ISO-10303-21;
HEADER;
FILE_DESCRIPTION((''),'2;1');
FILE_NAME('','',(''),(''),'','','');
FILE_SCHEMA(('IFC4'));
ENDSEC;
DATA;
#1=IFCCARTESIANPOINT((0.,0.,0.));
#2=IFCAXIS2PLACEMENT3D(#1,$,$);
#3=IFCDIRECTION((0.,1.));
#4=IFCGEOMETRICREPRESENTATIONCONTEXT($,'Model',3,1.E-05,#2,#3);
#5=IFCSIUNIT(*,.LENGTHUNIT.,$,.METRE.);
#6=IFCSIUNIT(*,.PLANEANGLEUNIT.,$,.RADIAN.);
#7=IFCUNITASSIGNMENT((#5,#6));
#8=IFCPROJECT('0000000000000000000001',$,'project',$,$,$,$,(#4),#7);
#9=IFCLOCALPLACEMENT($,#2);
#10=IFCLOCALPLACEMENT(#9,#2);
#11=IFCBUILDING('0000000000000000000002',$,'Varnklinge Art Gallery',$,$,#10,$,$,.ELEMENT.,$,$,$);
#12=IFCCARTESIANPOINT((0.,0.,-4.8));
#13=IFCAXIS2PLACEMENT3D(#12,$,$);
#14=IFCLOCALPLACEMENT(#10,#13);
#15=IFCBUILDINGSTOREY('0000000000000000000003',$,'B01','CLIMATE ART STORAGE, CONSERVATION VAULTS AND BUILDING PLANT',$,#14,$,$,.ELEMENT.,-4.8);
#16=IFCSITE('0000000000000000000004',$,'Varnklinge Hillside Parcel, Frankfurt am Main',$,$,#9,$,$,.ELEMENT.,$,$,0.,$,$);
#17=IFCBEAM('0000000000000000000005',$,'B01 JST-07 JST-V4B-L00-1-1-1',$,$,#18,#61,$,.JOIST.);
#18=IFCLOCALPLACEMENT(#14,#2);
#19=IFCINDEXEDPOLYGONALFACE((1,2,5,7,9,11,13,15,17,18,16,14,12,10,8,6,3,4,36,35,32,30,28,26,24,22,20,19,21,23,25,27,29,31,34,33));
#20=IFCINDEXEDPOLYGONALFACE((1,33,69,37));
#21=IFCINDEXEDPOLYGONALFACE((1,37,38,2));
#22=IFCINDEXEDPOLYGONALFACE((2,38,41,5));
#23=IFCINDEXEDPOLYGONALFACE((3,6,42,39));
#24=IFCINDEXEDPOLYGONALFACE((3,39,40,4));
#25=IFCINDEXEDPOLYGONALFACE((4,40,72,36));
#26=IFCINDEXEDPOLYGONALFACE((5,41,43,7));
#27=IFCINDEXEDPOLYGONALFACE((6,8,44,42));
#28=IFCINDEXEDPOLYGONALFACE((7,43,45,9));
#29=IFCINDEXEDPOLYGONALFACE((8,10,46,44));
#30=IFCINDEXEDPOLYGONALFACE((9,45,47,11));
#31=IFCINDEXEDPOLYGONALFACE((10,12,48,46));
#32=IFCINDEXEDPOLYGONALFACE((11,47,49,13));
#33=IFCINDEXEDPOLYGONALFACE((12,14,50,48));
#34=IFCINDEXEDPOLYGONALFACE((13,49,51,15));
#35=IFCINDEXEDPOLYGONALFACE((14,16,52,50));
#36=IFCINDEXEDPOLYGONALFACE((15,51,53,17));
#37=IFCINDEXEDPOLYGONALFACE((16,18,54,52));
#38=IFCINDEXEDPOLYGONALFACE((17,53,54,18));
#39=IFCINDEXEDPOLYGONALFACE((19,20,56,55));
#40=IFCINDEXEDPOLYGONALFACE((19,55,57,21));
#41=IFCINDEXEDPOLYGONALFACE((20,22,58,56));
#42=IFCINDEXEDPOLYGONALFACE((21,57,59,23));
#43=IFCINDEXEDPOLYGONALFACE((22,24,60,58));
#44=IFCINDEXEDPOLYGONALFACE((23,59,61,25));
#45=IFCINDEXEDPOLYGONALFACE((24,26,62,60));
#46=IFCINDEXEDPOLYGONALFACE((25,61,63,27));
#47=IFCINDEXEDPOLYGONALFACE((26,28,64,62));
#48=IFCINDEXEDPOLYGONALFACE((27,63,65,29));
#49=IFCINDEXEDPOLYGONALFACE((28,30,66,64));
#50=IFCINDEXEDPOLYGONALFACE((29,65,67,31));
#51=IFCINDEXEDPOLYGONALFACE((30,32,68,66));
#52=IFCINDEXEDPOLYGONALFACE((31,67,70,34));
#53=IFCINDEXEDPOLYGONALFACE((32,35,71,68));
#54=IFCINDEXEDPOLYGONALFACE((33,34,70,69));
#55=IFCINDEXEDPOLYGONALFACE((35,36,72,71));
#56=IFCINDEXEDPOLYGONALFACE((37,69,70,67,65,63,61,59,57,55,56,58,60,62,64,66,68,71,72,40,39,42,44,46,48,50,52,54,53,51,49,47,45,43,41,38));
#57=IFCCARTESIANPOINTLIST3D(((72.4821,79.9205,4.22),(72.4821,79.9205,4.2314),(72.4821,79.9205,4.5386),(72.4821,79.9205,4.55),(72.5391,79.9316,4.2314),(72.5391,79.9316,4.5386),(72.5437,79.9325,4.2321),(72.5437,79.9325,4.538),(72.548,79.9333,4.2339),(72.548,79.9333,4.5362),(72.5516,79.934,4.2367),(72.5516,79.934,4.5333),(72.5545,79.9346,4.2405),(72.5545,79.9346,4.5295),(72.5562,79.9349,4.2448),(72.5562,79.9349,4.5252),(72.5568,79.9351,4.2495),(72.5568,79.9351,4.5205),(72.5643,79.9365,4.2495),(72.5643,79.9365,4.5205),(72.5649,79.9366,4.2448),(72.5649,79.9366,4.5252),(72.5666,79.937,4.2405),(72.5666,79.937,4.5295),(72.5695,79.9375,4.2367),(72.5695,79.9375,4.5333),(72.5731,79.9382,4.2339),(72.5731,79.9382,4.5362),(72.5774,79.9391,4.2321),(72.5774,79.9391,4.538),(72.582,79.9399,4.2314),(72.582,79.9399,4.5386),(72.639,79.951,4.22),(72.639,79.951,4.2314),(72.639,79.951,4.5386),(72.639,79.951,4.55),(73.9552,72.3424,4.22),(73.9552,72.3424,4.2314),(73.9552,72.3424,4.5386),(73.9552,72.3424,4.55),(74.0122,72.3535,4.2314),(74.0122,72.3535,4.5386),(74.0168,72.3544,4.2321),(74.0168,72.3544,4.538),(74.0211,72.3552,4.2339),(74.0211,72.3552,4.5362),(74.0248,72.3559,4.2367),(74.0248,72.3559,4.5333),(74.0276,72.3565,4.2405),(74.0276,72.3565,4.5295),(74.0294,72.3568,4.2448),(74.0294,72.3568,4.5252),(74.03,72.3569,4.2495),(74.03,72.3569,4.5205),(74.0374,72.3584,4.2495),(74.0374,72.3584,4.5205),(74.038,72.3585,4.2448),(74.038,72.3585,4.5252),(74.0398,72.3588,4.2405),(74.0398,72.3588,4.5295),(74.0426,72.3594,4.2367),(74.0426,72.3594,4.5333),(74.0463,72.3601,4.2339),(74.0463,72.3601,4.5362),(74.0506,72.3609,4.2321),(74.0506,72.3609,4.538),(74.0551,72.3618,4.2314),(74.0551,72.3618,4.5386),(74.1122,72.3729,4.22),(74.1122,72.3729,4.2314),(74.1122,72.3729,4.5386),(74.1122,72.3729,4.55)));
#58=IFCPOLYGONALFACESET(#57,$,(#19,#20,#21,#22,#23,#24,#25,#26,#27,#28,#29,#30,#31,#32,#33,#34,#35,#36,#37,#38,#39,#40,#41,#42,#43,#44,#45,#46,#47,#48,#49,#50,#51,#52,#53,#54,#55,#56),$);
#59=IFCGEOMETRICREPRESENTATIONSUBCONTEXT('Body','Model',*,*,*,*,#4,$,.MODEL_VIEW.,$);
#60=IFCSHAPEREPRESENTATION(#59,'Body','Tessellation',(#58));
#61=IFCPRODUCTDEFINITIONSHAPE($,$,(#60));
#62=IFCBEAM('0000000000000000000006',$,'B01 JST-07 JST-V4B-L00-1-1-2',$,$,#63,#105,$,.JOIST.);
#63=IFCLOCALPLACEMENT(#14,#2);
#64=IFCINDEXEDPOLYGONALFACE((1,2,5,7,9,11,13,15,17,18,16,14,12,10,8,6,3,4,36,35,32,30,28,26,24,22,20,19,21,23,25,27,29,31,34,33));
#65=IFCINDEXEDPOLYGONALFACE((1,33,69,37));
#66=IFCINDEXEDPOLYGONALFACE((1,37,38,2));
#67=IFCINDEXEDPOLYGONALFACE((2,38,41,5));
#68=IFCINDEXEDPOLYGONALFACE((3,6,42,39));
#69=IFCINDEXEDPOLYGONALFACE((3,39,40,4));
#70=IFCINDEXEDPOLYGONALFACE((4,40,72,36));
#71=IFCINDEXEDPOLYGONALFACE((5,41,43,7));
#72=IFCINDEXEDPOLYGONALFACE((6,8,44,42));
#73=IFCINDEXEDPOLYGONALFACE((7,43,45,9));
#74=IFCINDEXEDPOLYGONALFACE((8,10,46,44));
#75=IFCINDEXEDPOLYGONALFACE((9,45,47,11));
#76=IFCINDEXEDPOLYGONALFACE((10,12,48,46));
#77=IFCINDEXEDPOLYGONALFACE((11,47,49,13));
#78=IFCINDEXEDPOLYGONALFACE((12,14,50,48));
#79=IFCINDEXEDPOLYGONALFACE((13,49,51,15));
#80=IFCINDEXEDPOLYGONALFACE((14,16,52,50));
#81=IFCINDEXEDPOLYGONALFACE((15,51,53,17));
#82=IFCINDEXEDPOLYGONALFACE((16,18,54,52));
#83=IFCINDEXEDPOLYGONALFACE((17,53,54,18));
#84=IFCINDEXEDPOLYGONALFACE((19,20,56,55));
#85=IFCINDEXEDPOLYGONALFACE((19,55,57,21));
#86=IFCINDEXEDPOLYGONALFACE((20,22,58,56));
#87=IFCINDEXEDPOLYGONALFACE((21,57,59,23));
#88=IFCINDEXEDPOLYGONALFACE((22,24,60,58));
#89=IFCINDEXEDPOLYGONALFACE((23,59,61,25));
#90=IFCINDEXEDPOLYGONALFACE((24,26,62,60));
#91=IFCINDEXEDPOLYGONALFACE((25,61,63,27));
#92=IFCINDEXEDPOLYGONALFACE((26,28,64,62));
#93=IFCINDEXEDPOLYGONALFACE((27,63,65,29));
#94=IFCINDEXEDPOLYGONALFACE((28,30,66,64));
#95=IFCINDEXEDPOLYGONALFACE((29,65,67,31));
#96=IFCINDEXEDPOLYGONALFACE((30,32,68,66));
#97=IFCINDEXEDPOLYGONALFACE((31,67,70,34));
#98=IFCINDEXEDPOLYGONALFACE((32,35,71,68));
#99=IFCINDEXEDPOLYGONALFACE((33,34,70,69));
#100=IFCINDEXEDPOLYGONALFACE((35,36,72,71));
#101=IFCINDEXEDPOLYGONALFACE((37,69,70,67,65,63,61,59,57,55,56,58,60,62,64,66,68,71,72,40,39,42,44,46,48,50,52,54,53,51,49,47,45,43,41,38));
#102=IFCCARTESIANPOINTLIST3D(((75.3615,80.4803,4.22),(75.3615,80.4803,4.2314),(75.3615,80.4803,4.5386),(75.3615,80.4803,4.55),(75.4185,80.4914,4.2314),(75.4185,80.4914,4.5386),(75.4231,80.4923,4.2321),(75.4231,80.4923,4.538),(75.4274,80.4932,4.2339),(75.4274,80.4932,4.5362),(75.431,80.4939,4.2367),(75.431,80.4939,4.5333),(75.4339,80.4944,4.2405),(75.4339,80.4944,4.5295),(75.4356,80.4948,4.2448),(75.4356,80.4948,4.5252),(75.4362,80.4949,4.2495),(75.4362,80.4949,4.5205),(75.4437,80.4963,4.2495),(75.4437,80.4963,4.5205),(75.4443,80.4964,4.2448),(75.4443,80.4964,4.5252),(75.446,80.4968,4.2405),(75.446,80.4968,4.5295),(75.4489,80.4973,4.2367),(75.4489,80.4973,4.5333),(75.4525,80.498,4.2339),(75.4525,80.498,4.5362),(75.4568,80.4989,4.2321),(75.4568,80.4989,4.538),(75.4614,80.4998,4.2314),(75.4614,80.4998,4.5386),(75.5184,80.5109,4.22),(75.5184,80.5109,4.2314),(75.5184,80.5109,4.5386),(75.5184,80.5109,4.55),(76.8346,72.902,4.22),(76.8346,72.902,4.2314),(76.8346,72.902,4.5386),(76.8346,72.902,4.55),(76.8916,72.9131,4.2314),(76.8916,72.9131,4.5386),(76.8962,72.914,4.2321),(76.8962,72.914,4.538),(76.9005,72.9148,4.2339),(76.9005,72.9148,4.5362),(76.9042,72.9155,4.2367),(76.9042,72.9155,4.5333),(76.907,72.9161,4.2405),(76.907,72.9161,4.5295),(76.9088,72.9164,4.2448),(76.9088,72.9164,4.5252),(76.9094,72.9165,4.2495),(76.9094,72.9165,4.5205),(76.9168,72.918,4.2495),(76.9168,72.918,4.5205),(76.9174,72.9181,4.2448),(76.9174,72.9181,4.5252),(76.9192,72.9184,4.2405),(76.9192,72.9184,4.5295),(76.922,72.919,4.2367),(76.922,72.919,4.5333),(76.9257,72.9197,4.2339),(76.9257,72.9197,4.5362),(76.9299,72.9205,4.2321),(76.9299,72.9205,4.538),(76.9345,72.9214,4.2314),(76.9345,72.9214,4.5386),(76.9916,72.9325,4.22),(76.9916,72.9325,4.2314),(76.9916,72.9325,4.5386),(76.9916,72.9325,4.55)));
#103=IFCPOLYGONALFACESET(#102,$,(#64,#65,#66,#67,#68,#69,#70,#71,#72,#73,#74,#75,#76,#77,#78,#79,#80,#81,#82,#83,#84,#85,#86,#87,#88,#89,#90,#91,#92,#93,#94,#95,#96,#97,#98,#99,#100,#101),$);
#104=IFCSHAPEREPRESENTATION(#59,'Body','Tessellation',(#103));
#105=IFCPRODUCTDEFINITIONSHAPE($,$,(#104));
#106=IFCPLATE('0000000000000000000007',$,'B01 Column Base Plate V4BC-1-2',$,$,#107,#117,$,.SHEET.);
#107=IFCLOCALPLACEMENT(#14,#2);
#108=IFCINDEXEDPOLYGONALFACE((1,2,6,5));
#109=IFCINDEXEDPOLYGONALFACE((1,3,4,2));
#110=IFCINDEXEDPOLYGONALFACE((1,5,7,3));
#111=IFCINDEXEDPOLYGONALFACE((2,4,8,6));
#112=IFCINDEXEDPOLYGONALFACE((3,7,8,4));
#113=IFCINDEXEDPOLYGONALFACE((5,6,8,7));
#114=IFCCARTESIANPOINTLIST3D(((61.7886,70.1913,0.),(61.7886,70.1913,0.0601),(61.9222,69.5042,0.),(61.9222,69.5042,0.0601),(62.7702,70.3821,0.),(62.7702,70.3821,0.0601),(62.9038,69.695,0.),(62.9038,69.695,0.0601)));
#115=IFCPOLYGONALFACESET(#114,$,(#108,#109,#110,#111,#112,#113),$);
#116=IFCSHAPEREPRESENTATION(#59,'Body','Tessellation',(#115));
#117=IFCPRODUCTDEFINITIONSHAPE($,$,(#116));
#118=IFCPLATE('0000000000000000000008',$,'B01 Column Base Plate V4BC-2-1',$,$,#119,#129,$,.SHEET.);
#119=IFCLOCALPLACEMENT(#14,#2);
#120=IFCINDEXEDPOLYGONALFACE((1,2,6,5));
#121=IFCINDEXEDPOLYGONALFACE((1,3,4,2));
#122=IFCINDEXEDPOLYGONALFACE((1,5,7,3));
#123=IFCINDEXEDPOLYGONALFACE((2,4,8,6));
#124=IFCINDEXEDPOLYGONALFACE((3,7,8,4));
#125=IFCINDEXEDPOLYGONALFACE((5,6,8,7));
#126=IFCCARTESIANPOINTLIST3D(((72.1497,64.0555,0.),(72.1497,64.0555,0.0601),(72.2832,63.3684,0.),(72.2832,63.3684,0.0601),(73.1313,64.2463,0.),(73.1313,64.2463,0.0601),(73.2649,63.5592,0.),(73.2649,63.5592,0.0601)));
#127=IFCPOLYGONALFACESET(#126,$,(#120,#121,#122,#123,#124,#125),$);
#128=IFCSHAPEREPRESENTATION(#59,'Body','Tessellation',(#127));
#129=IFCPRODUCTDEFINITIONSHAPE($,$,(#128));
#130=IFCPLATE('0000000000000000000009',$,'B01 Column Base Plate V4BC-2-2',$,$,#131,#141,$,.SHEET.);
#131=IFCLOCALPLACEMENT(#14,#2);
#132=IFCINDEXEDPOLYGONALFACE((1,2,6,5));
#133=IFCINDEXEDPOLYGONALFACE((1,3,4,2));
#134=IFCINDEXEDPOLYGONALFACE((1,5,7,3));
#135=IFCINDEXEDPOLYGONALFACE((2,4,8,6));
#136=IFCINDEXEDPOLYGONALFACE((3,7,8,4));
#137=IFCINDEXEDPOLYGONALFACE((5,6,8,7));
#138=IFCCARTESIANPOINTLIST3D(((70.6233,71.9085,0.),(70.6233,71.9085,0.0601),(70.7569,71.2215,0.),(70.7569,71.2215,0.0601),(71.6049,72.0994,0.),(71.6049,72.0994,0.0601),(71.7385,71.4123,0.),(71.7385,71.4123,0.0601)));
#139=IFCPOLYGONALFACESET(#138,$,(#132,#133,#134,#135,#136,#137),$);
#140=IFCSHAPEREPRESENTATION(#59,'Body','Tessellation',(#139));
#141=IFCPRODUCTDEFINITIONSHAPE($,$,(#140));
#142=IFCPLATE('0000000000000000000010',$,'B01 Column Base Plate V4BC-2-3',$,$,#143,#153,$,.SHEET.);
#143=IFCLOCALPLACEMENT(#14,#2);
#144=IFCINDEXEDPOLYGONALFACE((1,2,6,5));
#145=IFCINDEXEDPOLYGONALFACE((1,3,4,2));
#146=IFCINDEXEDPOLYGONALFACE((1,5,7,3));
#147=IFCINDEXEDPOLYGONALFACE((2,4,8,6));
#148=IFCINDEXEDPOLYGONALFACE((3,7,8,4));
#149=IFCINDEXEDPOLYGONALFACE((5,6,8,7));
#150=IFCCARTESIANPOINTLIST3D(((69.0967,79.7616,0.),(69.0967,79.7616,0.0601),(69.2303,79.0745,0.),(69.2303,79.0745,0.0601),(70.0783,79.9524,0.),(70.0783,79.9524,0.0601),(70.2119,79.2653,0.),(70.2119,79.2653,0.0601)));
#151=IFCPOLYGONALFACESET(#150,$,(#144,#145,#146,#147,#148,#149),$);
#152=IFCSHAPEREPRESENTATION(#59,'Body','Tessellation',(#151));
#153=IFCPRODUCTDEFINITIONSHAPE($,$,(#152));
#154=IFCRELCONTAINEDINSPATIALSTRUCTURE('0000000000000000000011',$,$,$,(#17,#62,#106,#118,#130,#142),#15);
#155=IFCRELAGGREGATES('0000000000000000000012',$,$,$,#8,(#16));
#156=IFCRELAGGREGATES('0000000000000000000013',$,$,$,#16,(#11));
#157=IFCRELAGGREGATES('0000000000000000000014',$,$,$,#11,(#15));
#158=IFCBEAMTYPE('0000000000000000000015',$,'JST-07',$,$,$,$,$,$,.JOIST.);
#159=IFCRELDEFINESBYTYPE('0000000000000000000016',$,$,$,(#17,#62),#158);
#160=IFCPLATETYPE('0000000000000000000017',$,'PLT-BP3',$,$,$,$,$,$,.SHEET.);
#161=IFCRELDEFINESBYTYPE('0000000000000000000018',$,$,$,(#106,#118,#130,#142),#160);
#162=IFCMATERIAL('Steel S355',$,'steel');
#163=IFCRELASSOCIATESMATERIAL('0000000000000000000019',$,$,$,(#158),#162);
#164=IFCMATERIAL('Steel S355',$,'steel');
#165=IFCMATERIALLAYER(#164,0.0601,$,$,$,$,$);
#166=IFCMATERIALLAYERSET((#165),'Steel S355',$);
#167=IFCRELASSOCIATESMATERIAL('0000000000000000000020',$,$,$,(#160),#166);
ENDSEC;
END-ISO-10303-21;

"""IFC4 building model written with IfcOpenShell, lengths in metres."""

from ifc_helpers import new_model, si_unit, direction, frame, origin, origin_2d, place, context, subcontext, project, spatial, rectangle, i_section, extrude, material, layer, layer_set, material_profile, profile_set, type_object, element, save


model = new_model("IFC4")

# Units and contexts
model_context = context("Model", 3, precision=1e-05, world=origin(), true_north=direction((0.0, 1.0)))
body_context = subcontext(model_context, "Body", "Model", "MODEL_VIEW")
ifc_project = project(units=[si_unit("LENGTHUNIT", "METRE"), si_unit("PLANEANGLEUNIT", "RADIAN")], contexts=[model_context])

# Site, building, storey
site_placement = place(None, origin())
site = spatial("IfcSite", under=ifc_project, at=site_placement, Name="Varnklinge Hillside Parcel, Frankfurt am Main", CompositionType="ELEMENT", RefElevation=0.0)
building_placement = place(site_placement, origin())
building = spatial("IfcBuilding", under=site, at=building_placement, Name="Varnklinge Art Gallery", CompositionType="ELEMENT")
storey_placement = place(building_placement, frame((0.0, 0.0, -4.8)))
storey = spatial("IfcBuildingStorey", under=building, at=storey_placement, Name="B01", Description="CLIMATE ART STORAGE, CONSERVATION VAULTS AND BUILDING PLANT", CompositionType="ELEMENT", Elevation=-4.8)

# Beams
ifc_material_1 = material(Name="Steel S355", Category="steel")
ifc_material_profile_1 = material_profile(ifc_material_1, i_section(OverallWidth=0.1599, OverallDepth=0.3301, WebThickness=0.0076, FlangeThickness=0.0115, FilletRadius=0.0181, at=origin_2d()), Name="IPE 330")
ifc_profile_set_1 = profile_set([ifc_material_profile_1], Name="Steel S355")
beam_type_1 = type_object("IfcBeamType", Name="JST-07", PredefinedType="JOIST", material=ifc_profile_set_1)
beam_1_placement = place(storey_placement, frame((74.0337, 72.3577, 4.385), z_axis=(-0.190822, 0.981625, 0.0), x_axis=(-0.981625, -0.190822, 0.0)))
element("IfcBeam", 1, at=beam_1_placement, inside=storey, type_object=beam_type_1, Name="B01 JST-07 JST-V4B-L00-1-1-1", PredefinedType="JOIST", context=body_context, shape_type="SweptSolid", body=[
    extrude(i_section(OverallWidth=0.1599, OverallDepth=0.3301, WebThickness=0.0076, FlangeThickness=0.0115, FilletRadius=0.0181, at=origin_2d()), origin(), (0.0, 0.0, 1.0), 7.72),
])
beam_2_placement = place(storey_placement, frame((76.9131, 72.9172, 4.385), z_axis=(-0.190816, 0.981626, 0.0), x_axis=(-0.981626, -0.190816, 0.0)))
element("IfcBeam", 2, at=beam_2_placement, inside=storey, type_object=beam_type_1, Name="B01 JST-07 JST-V4B-L00-1-1-2", PredefinedType="JOIST", context=body_context, shape_type="SweptSolid", body=[
    extrude(i_section(OverallWidth=0.1599, OverallDepth=0.3301, WebThickness=0.0076, FlangeThickness=0.0115, FilletRadius=0.0181, at=origin_2d()), origin(), (0.0, 0.0, 1.0), 7.7202),
])

# Plates
ifc_material_2 = material(Name="Steel S355", Category="steel")
ifc_layer = layer(ifc_material_2, 0.0601)
ifc_layer_set = layer_set([ifc_layer], Name="Steel S355")
plate_type = type_object("IfcPlateType", Name="PLT-BP3", PredefinedType="SHEET", material=ifc_layer_set)
for number, where, z_axis, x_axis, name in (
    (3, (62.3462, 69.9431, 0.0), (0.0, 0.0, 1.0), (0.981627, 0.190809, 0.0), "B01 Column Base Plate V4BC-1-2"),
    (4, (72.7073, 63.8074, 0.0), (0.0, 0.0, 1.0), (0.981627, 0.190809, 0.0), "B01 Column Base Plate V4BC-2-1"),
    (5, (71.1809, 71.6604, 0.0), (0.0, 0.0, 1.0), (0.981627, 0.190809, 0.0), "B01 Column Base Plate V4BC-2-2"),
    (6, (69.6543, 79.5134, 0.0), (0.0, 0.0, 1.0), (0.981627, 0.190809, 0.0), "B01 Column Base Plate V4BC-2-3"),
):
    element("IfcPlate", number, at=place(storey_placement, frame(where, z_axis=z_axis, x_axis=x_axis)), inside=storey, type_object=plate_type, Name=name, PredefinedType="SHEET", context=body_context, shape_type="SweptSolid", body=[
        extrude(rectangle(XDim=1.0, YDim=0.7, at=origin_2d()), origin(), (0.0, 0.0, 1.0), 0.0601),
    ])

save(model, "model.ifc")
